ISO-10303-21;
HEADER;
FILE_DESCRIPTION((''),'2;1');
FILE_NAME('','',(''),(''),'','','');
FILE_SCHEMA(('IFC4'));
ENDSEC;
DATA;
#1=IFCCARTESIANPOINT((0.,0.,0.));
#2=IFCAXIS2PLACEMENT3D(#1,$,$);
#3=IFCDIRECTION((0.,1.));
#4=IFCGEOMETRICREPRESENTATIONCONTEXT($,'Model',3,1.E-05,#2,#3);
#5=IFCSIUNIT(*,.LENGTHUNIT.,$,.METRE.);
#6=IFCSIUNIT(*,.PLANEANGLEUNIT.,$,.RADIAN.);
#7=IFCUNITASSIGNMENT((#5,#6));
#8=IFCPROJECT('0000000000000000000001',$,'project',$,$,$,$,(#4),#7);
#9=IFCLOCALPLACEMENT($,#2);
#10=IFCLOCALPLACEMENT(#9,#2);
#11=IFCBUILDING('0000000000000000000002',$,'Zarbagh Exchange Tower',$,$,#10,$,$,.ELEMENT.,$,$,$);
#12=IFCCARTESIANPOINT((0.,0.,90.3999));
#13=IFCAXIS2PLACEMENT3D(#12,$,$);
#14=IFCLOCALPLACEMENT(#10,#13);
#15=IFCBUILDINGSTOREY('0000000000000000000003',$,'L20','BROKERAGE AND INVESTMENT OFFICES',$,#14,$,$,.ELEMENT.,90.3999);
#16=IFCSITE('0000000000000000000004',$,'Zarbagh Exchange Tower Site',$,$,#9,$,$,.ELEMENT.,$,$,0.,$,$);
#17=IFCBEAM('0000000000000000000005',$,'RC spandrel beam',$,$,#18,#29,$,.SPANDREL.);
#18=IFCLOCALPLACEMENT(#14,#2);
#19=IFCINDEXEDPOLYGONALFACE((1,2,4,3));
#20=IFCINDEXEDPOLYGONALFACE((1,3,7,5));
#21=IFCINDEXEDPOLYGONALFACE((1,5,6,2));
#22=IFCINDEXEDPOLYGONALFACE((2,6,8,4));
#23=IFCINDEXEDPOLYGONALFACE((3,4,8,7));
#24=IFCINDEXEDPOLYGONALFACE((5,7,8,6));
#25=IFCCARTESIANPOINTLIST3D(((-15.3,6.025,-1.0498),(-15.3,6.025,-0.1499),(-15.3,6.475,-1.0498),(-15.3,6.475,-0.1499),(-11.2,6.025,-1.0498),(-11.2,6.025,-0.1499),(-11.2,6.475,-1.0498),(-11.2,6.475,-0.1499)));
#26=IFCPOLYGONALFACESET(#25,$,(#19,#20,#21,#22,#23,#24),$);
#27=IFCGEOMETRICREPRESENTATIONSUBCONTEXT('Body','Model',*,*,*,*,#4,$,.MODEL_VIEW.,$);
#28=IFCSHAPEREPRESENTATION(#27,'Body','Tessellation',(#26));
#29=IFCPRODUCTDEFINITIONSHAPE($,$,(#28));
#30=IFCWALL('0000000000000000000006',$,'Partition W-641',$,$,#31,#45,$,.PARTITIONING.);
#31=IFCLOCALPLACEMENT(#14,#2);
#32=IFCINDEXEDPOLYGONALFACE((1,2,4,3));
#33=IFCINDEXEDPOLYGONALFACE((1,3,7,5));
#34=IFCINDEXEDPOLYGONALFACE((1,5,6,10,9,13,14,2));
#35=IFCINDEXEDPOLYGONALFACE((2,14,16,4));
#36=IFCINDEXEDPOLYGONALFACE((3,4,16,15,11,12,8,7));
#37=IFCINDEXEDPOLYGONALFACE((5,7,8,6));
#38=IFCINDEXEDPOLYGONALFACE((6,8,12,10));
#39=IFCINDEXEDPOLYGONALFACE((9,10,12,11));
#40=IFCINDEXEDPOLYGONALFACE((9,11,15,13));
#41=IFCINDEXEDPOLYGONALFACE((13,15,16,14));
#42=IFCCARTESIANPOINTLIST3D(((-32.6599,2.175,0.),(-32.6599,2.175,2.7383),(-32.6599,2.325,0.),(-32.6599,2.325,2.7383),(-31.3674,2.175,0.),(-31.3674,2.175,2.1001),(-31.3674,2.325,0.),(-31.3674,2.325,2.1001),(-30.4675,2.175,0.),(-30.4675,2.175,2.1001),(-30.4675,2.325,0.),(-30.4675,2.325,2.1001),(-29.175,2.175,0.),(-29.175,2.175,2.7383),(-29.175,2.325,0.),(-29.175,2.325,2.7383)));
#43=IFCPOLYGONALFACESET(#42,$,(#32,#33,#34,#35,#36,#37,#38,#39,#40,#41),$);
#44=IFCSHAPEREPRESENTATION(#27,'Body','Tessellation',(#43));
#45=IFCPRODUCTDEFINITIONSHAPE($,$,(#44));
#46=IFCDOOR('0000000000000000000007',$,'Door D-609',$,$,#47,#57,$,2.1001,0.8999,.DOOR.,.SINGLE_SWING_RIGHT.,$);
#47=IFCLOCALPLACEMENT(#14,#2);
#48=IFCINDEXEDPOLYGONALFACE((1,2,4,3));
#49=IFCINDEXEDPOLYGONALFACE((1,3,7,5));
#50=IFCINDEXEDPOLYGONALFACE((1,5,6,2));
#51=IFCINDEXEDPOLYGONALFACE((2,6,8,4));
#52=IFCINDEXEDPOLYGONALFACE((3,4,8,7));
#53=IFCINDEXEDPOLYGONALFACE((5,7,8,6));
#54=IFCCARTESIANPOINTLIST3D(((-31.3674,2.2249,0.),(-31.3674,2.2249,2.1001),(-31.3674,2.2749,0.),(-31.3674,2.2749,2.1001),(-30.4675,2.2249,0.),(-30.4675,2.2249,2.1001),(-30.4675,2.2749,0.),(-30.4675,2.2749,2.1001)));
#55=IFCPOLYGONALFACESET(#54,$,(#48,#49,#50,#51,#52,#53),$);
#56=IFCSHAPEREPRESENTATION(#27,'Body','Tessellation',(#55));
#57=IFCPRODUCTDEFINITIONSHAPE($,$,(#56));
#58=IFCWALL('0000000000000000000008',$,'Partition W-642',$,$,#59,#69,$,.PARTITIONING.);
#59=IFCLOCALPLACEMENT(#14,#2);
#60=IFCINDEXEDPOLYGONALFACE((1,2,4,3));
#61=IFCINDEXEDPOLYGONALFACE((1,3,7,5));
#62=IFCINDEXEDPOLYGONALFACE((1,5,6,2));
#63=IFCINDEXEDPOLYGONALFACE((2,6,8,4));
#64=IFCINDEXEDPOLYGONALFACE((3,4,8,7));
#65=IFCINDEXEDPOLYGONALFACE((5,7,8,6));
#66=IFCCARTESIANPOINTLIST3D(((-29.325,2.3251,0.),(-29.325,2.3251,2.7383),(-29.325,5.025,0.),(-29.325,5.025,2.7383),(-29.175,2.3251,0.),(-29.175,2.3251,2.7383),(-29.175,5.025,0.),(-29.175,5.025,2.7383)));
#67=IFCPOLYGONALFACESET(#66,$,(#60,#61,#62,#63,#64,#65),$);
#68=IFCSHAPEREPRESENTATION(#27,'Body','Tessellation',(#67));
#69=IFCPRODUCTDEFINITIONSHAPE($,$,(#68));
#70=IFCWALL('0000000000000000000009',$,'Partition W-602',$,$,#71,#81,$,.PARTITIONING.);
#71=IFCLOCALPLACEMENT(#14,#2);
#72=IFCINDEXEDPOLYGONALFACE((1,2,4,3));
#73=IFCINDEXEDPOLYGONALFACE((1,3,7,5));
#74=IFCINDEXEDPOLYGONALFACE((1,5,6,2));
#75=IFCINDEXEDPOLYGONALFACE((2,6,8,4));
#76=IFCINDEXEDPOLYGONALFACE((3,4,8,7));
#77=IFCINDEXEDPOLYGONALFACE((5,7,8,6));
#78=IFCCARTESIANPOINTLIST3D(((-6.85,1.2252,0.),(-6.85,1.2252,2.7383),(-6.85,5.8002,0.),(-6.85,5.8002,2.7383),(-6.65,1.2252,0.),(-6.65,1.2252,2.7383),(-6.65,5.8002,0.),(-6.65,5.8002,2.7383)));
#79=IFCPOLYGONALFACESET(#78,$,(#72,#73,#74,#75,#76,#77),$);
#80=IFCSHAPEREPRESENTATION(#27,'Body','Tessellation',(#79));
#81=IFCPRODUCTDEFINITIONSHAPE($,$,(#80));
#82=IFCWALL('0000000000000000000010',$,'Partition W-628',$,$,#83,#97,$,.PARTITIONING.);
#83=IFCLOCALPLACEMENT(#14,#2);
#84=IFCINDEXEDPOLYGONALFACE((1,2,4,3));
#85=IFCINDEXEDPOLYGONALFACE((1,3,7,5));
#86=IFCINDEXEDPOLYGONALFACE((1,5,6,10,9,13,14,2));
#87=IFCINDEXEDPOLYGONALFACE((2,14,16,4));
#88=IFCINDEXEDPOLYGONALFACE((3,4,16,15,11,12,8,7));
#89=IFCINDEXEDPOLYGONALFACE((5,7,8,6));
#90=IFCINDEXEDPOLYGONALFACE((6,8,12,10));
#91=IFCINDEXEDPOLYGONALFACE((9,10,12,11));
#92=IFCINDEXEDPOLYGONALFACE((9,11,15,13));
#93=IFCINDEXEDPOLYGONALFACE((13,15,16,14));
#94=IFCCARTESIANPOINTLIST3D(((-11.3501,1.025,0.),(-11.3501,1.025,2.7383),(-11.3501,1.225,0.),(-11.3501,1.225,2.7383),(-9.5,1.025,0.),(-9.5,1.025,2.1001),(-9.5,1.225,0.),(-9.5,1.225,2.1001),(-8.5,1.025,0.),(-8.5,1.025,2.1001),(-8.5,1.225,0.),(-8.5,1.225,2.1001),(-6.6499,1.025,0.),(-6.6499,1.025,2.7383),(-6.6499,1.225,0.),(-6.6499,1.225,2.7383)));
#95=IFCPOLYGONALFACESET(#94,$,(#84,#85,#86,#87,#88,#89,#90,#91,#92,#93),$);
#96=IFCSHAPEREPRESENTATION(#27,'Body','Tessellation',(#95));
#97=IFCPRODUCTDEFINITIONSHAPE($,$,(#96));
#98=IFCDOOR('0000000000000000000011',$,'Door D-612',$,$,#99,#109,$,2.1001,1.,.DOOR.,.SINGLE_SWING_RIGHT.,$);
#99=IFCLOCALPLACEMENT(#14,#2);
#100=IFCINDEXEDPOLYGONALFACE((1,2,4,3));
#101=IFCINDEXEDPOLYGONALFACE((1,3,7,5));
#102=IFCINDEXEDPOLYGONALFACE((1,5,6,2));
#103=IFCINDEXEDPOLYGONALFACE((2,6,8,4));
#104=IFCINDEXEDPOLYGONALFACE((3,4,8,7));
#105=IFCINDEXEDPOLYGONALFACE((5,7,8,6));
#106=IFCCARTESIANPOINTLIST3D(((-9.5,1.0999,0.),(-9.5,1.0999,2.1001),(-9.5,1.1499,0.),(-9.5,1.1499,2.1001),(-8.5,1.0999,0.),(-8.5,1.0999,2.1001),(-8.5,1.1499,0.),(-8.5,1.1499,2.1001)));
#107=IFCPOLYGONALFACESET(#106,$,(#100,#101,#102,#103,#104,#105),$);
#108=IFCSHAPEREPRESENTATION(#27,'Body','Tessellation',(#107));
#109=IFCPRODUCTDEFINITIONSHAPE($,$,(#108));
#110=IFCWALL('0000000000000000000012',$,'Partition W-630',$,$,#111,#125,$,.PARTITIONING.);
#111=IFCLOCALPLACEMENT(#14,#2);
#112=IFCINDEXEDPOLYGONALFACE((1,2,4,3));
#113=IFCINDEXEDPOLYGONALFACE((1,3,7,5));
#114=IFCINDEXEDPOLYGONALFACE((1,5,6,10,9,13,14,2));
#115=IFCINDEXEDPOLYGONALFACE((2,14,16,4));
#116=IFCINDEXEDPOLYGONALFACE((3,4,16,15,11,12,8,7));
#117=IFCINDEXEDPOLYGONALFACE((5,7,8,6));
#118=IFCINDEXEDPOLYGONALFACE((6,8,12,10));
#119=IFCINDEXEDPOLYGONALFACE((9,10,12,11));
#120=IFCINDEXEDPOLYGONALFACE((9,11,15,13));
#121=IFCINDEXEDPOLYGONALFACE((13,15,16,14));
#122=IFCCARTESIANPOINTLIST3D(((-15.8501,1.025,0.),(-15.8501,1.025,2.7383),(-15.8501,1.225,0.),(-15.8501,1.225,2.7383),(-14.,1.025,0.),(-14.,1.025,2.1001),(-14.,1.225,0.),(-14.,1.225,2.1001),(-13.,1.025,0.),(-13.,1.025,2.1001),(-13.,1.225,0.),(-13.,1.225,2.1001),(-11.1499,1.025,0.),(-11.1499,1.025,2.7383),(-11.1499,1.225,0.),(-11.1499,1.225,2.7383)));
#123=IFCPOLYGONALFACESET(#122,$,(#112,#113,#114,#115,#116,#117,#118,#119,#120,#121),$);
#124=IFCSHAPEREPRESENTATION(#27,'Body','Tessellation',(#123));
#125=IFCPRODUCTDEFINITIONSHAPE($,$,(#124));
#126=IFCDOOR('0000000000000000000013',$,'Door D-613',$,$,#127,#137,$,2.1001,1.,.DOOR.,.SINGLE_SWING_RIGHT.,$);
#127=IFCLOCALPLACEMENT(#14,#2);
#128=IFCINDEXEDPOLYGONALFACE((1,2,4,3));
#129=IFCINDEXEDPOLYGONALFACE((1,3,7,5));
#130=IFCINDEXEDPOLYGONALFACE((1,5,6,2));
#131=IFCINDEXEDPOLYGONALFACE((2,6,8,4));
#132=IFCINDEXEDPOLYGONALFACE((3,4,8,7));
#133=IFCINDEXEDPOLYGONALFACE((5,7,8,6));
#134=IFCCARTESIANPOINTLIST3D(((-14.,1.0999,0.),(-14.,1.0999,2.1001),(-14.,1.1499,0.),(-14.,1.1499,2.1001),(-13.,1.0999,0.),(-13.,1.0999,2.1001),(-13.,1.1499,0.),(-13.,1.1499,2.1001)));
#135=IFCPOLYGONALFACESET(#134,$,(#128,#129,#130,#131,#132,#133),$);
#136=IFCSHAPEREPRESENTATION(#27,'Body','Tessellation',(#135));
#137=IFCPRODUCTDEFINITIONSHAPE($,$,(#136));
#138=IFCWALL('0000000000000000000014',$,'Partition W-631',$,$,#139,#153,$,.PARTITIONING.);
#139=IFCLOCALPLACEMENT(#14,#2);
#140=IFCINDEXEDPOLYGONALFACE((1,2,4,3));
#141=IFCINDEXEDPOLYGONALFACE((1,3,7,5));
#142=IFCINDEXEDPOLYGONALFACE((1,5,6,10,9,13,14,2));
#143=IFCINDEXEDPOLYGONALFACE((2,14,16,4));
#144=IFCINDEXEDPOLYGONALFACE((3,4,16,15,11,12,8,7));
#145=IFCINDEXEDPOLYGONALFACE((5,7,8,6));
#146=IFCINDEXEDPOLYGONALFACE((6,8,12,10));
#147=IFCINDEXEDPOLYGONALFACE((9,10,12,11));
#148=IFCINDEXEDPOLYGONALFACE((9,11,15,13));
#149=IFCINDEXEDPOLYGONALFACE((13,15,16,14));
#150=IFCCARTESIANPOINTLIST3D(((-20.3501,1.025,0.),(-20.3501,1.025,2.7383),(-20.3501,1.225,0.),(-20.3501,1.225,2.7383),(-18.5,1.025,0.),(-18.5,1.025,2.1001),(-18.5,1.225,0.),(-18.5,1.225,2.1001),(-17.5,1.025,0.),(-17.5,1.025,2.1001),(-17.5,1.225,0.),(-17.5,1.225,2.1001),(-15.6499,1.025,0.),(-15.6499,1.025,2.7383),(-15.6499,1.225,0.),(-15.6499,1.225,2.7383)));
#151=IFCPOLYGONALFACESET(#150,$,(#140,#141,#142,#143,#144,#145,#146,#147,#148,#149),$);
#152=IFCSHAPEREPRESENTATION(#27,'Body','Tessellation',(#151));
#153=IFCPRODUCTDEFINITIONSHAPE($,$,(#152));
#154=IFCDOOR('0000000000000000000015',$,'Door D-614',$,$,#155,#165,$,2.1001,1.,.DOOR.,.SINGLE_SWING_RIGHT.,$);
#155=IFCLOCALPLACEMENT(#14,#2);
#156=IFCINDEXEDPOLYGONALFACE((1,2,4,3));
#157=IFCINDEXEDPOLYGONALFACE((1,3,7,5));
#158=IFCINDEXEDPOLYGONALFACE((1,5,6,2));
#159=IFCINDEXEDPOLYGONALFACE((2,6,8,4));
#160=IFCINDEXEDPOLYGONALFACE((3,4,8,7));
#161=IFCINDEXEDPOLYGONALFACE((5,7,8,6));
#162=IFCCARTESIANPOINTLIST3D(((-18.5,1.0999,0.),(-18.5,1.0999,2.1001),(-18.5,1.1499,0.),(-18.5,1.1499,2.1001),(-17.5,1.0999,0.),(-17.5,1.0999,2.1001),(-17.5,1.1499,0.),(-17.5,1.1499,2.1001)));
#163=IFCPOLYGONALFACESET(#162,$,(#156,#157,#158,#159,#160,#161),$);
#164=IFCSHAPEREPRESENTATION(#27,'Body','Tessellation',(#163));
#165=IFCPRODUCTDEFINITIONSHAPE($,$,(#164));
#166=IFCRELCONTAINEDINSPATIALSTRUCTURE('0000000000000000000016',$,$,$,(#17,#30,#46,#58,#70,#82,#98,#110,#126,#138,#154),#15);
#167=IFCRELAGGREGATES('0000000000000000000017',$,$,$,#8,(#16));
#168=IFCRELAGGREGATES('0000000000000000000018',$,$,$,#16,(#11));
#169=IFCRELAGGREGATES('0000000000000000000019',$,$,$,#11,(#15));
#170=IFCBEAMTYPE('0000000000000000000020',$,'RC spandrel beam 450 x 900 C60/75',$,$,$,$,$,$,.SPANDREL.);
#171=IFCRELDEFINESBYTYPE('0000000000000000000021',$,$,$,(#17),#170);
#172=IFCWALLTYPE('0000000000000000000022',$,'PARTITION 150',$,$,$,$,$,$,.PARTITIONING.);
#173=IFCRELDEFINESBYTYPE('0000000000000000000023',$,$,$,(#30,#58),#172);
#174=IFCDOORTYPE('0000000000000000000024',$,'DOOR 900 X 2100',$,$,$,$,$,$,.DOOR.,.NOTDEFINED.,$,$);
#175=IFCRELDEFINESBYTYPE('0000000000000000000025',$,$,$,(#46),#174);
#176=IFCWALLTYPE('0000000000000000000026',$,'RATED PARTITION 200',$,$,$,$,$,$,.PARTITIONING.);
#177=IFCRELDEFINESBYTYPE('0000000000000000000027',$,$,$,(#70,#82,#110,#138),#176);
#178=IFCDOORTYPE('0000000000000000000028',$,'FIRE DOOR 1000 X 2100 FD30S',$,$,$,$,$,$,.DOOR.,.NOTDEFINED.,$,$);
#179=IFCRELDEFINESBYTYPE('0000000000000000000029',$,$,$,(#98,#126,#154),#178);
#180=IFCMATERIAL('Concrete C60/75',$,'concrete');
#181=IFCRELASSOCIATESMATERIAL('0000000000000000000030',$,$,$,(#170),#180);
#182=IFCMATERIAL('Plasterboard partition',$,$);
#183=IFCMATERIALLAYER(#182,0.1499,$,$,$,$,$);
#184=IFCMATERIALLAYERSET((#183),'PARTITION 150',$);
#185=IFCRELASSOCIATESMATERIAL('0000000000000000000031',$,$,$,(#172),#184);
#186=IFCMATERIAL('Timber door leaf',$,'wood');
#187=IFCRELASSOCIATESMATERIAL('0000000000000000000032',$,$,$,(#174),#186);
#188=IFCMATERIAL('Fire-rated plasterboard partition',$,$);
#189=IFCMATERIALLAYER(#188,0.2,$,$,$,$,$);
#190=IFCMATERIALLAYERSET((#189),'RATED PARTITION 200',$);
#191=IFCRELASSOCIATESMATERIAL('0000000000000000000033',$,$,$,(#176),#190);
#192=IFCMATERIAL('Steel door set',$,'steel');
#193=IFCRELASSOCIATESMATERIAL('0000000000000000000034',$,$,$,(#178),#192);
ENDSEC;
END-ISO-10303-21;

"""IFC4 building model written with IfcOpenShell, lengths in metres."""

from ifc_helpers import new_model, si_unit, direction, frame, frame_2d, origin, origin_2d, place, context, subcontext, project, spatial, rectangle, extrude, material, layer, layer_set, material_profile, profile_set, type_object, element, fill, save


model = new_model("IFC4")

# Units and contexts
model_context = context("Model", 3, precision=1e-05, world=origin(), true_north=direction((0.0, 1.0)))
body_context = subcontext(model_context, "Body", "Model", "MODEL_VIEW")
ifc_project = project(units=[si_unit("LENGTHUNIT", "METRE"), si_unit("PLANEANGLEUNIT", "RADIAN")], contexts=[model_context])

# Site, building, storey
site_placement = place(None, origin())
site = spatial("IfcSite", under=ifc_project, at=site_placement, Name="Zarbagh Exchange Tower Site", CompositionType="ELEMENT", RefElevation=0.0)
building_placement = place(site_placement, origin())
building = spatial("IfcBuilding", under=site, at=building_placement, Name="Zarbagh Exchange Tower", CompositionType="ELEMENT")
storey_placement = place(building_placement, frame((0.0, 0.0, 90.3999)))
storey = spatial("IfcBuildingStorey", under=building, at=storey_placement, Name="L20", Description="BROKERAGE AND INVESTMENT OFFICES", CompositionType="ELEMENT", Elevation=90.3999)

# Shared definitions
ifc_material_1 = material(Name="Concrete C60/75", Category="concrete")

# Beam
ifc_material_profile_1 = material_profile(ifc_material_1, rectangle(XDim=0.45, YDim=0.8999, at=origin_2d()), Name="RC spandrel beam 450 x 900 C60/75")
ifc_profile_set_1 = profile_set([ifc_material_profile_1], Name="Concrete C60/75")
beam_type_1 = type_object("IfcBeamType", Name="RC spandrel beam 450 x 900 C60/75", PredefinedType="SPANDREL", material=ifc_profile_set_1)
beam_1_placement = place(storey_placement, frame((-15.3, 6.25, -0.5999), z_axis=(1.0, 0.0, 0.0), x_axis=(0.0, 1.0, 0.0)))
element("IfcBeam", 1, at=beam_1_placement, inside=storey, type_object=beam_type_1, Name="RC spandrel beam", PredefinedType="SPANDREL", context=body_context, shape_type="SweptSolid", body=[
    extrude(rectangle(XDim=0.45, YDim=0.8999, at=origin_2d()), origin(), (0.0, 0.0, 1.0), 4.1001),
])

# Wall, opening, door
ifc_material_2 = material(Name="Plasterboard partition")
ifc_layer_1 = layer(ifc_material_2, 0.1499)
ifc_layer_set_1 = layer_set([ifc_layer_1], Name="PARTITION 150")
wall_type_1 = type_object("IfcWallType", Name="PARTITION 150", PredefinedType="PARTITIONING", material=ifc_layer_set_1)
wall_1_placement = place(storey_placement, frame((-32.6599, 2.25, 0.0), z_axis=(0.0, 0.0, 1.0), x_axis=(1.0, 0.0, 0.0)))
wall_1 = element("IfcWall", 2, at=wall_1_placement, inside=storey, type_object=wall_type_1, Name="Partition W-641", PredefinedType="PARTITIONING", context=body_context, shape_type="SweptSolid", body=[
    extrude(rectangle(XDim=3.4849, YDim=0.1499, at=frame_2d((1.7424, 0.0))), origin(), (0.0, 0.0, 1.0), 2.7383),
])
opening_1_placement = place(wall_1_placement, frame((1.2925, 0.0, 0.0)))
opening_1 = element("IfcOpeningElement", 3, at=opening_1_placement, cuts=wall_1, PredefinedType="OPENING", context=body_context, shape_type="SweptSolid", body=[
    extrude(rectangle(XDim=0.8999, YDim=2.1001, at=frame_2d((0.45, 1.05))), frame((0.0, 0.085, 0.0), z_axis=(0.0, -1.0, 0.0), x_axis=(1.0, 0.0, 0.0)), (0.0, 0.0, 1.0), 0.1699),
])
ifc_material_3 = material(Name="Timber door leaf", Category="wood")
door_type_1 = type_object("IfcDoorType", Name="DOOR 900 X 2100", OperationType="NOTDEFINED", PredefinedType="DOOR", material=ifc_material_3)
door_1_placement = place(opening_1_placement, origin())
door_1 = element("IfcDoor", 4, at=door_1_placement, inside=storey, type_object=door_type_1, Name="Door D-609", OperationType="SINGLE_SWING_RIGHT", OverallHeight=2.1001, OverallWidth=0.8999, PredefinedType="DOOR", context=body_context, shape_type="SweptSolid", body=[
    extrude(rectangle(XDim=0.8999, YDim=2.1001, at=frame_2d((0.45, 1.05))), frame((0.0, 0.0249, 0.0), z_axis=(0.0, -1.0, 0.0), x_axis=(1.0, 0.0, 0.0)), (0.0, 0.0, 1.0), 0.05),
])
fill(opening_1, door_1)

# Walls
wall_2_placement = place(storey_placement, frame((-29.25, 2.325, 0.0), z_axis=(0.0, 0.0, 1.0), x_axis=(0.0, 1.0, 0.0)))
element("IfcWall", 5, at=wall_2_placement, inside=storey, type_object=wall_type_1, Name="Partition W-642", PredefinedType="PARTITIONING", context=body_context, shape_type="SweptSolid", body=[
    extrude(rectangle(XDim=2.7, YDim=0.1499, at=frame_2d((1.3501, 0.0))), origin(), (0.0, 0.0, 1.0), 2.7383),
])
ifc_material_4 = material(Name="Fire-rated plasterboard partition")
ifc_layer_2 = layer(ifc_material_4, 0.2)
ifc_layer_set_2 = layer_set([ifc_layer_2], Name="RATED PARTITION 200")
wall_type_2 = type_object("IfcWallType", Name="RATED PARTITION 200", PredefinedType="PARTITIONING", material=ifc_layer_set_2)
wall_3_placement = place(storey_placement, frame((-6.75, 1.2251, 0.0), z_axis=(0.0, 0.0, 1.0), x_axis=(0.0, 1.0, 0.0)))
element("IfcWall", 6, at=wall_3_placement, inside=storey, type_object=wall_type_2, Name="Partition W-602", PredefinedType="PARTITIONING", context=body_context, shape_type="SweptSolid", body=[
    extrude(rectangle(XDim=4.575, YDim=0.2, at=frame_2d((2.2876, 0.0))), origin(), (0.0, 0.0, 1.0), 2.7383),
])

# Walls, openings, doors
wall_4_placement = place(storey_placement, frame((-11.3501, 1.125, 0.0), z_axis=(0.0, 0.0, 1.0), x_axis=(1.0, 0.0, 0.0)))
wall_4 = element("IfcWall", 7, at=wall_4_placement, inside=storey, type_object=wall_type_2, Name="Partition W-628", PredefinedType="PARTITIONING", context=body_context, shape_type="SweptSolid", body=[
    extrude(rectangle(XDim=4.7002, YDim=0.2, at=frame_2d((2.3501, 0.0))), origin(), (0.0, 0.0, 1.0), 2.7383),
])
opening_2_placement = place(wall_4_placement, frame((1.8501, 0.0, 0.0)))
opening_2 = element("IfcOpeningElement", 8, at=opening_2_placement, cuts=wall_4, PredefinedType="OPENING", context=body_context, shape_type="SweptSolid", body=[
    extrude(rectangle(XDim=1.0, YDim=2.1001, at=frame_2d((0.5, 1.05))), frame((0.0, 0.1099, 0.0), z_axis=(0.0, -1.0, 0.0), x_axis=(1.0, 0.0, 0.0)), (0.0, 0.0, 1.0), 0.22),
])
ifc_material_5 = material(Name="Steel door set", Category="steel")
door_type_2 = type_object("IfcDoorType", Name="FIRE DOOR 1000 X 2100 FD30S", OperationType="NOTDEFINED", PredefinedType="DOOR", material=ifc_material_5)
door_2_placement = place(opening_2_placement, origin())
door_2 = element("IfcDoor", 9, at=door_2_placement, inside=storey, type_object=door_type_2, Name="Door D-612", OperationType="SINGLE_SWING_RIGHT", OverallHeight=2.1001, OverallWidth=1.0, PredefinedType="DOOR", context=body_context, shape_type="SweptSolid", body=[
    extrude(rectangle(XDim=1.0, YDim=2.1001, at=frame_2d((0.5, 1.05))), frame((0.0, 0.0249, 0.0), z_axis=(0.0, -1.0, 0.0), x_axis=(1.0, 0.0, 0.0)), (0.0, 0.0, 1.0), 0.05),
])
fill(opening_2, door_2)
wall_5_placement = place(storey_placement, frame((-15.8501, 1.125, 0.0), z_axis=(0.0, 0.0, 1.0), x_axis=(1.0, 0.0, 0.0)))
wall_5 = element("IfcWall", 10, at=wall_5_placement, inside=storey, type_object=wall_type_2, Name="Partition W-630", PredefinedType="PARTITIONING", context=body_context, shape_type="SweptSolid", body=[
    extrude(rectangle(XDim=4.7002, YDim=0.2, at=frame_2d((2.3501, 0.0))), origin(), (0.0, 0.0, 1.0), 2.7383),
])
opening_3_placement = place(wall_5_placement, frame((1.8501, 0.0, 0.0)))
opening_3 = element("IfcOpeningElement", 11, at=opening_3_placement, cuts=wall_5, PredefinedType="OPENING", context=body_context, shape_type="SweptSolid", body=[
    extrude(rectangle(XDim=1.0, YDim=2.1001, at=frame_2d((0.5, 1.05))), frame((0.0, 0.1099, 0.0), z_axis=(0.0, -1.0, 0.0), x_axis=(1.0, 0.0, 0.0)), (0.0, 0.0, 1.0), 0.22),
])
door_3_placement = place(opening_3_placement, origin())
door_3 = element("IfcDoor", 12, at=door_3_placement, inside=storey, type_object=door_type_2, Name="Door D-613", OperationType="SINGLE_SWING_RIGHT", OverallHeight=2.1001, OverallWidth=1.0, PredefinedType="DOOR", context=body_context, shape_type="SweptSolid", body=[
    extrude(rectangle(XDim=1.0, YDim=2.1001, at=frame_2d((0.5, 1.05))), frame((0.0, 0.0249, 0.0), z_axis=(0.0, -1.0, 0.0), x_axis=(1.0, 0.0, 0.0)), (0.0, 0.0, 1.0), 0.05),
])
fill(opening_3, door_3)
wall_6_placement = place(storey_placement, frame((-20.3501, 1.125, 0.0), z_axis=(0.0, 0.0, 1.0), x_axis=(1.0, 0.0, 0.0)))
wall_6 = element("IfcWall", 13, at=wall_6_placement, inside=storey, type_object=wall_type_2, Name="Partition W-631", PredefinedType="PARTITIONING", context=body_context, shape_type="SweptSolid", body=[
    extrude(rectangle(XDim=4.7002, YDim=0.2, at=frame_2d((2.3501, 0.0))), origin(), (0.0, 0.0, 1.0), 2.7383),
])
opening_4_placement = place(wall_6_placement, frame((1.8501, 0.0, 0.0)))
opening_4 = element("IfcOpeningElement", 14, at=opening_4_placement, cuts=wall_6, PredefinedType="OPENING", context=body_context, shape_type="SweptSolid", body=[
    extrude(rectangle(XDim=1.0, YDim=2.1001, at=frame_2d((0.5, 1.05))), frame((0.0, 0.1099, 0.0), z_axis=(0.0, -1.0, 0.0), x_axis=(1.0, 0.0, 0.0)), (0.0, 0.0, 1.0), 0.22),
])
door_4_placement = place(opening_4_placement, origin())
door_4 = element("IfcDoor", 15, at=door_4_placement, inside=storey, type_object=door_type_2, Name="Door D-614", OperationType="SINGLE_SWING_RIGHT", OverallHeight=2.1001, OverallWidth=1.0, PredefinedType="DOOR", context=body_context, shape_type="SweptSolid", body=[
    extrude(rectangle(XDim=1.0, YDim=2.1001, at=frame_2d((0.5, 1.05))), frame((0.0, 0.0249, 0.0), z_axis=(0.0, -1.0, 0.0), x_axis=(1.0, 0.0, 0.0)), (0.0, 0.0, 1.0), 0.05),
])
fill(opening_4, door_4)

save(model, "model.ifc")
